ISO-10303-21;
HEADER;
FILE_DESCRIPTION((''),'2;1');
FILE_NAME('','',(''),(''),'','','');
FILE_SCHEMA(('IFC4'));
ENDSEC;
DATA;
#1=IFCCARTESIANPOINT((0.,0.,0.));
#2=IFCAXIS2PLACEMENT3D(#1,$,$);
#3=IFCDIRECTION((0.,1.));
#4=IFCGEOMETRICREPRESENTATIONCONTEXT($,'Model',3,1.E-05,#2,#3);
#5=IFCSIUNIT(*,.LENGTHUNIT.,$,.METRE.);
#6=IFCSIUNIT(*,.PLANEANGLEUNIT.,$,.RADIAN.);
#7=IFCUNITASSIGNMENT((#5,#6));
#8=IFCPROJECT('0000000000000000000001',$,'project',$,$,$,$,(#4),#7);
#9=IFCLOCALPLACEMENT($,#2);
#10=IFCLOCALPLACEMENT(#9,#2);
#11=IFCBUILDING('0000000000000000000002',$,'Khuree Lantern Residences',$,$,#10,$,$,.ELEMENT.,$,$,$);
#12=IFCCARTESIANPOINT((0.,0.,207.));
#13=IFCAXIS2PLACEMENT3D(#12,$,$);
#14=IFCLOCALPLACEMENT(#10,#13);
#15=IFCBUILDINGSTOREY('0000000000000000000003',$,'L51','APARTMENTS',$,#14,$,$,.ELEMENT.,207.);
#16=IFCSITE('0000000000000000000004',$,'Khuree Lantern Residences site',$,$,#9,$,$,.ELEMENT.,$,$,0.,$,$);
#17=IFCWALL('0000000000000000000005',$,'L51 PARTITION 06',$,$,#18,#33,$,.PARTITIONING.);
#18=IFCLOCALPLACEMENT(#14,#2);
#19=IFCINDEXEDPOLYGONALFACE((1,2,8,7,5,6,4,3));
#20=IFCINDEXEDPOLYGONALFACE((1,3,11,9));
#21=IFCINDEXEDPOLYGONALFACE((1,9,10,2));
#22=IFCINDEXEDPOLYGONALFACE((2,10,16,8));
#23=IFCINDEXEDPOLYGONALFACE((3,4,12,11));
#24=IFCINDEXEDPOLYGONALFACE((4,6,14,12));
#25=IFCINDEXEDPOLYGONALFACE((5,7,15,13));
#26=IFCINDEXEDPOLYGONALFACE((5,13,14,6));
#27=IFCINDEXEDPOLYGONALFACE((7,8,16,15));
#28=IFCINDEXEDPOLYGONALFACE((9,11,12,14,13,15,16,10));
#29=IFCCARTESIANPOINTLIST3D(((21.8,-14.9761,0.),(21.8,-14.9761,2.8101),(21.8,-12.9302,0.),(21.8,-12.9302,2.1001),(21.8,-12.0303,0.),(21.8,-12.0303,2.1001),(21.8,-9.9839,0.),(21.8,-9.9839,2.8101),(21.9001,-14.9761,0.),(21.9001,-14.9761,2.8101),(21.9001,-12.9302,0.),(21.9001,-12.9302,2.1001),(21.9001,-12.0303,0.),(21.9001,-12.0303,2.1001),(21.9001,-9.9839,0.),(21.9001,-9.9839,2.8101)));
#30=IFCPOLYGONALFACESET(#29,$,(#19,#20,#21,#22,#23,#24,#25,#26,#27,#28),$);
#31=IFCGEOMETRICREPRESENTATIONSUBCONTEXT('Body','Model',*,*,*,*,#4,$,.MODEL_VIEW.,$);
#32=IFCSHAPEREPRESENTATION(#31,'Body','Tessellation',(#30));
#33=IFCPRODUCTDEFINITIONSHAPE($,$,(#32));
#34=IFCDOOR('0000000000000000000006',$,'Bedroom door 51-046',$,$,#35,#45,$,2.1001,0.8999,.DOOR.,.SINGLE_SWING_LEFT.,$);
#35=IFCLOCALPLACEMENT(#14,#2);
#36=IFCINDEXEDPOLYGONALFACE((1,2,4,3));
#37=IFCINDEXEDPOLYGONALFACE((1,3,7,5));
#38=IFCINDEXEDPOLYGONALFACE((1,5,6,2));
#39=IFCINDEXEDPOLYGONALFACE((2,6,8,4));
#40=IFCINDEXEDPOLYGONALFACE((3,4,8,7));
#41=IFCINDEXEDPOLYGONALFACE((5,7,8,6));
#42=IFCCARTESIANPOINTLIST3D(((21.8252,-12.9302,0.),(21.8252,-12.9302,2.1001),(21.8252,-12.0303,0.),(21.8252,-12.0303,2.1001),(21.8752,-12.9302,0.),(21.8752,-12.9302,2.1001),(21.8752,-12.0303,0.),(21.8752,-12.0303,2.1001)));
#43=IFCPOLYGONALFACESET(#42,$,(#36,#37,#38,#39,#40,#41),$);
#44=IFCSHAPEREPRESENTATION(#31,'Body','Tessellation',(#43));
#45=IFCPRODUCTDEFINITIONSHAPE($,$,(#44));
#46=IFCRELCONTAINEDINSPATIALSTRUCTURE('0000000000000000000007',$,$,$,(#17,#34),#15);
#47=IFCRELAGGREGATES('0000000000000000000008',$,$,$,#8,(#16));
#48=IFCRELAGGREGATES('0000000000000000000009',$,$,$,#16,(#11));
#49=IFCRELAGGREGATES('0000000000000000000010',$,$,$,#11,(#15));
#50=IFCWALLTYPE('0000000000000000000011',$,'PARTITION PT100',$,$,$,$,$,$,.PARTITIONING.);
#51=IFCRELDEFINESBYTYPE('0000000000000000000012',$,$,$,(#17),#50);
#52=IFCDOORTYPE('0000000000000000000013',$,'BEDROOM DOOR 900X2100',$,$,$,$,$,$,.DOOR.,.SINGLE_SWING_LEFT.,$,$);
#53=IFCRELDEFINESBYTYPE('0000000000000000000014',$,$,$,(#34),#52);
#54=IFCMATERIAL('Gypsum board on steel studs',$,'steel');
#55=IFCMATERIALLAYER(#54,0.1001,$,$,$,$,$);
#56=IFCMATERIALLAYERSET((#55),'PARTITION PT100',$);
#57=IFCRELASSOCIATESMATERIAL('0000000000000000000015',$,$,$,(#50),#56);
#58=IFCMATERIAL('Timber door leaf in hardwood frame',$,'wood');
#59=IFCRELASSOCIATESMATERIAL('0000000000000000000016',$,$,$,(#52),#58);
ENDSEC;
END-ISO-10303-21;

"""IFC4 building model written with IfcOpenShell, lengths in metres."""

from ifc_helpers import new_model, si_unit, direction, frame, frame_2d, origin, place, context, subcontext, project, spatial, rectangle, extrude, material, layer, layer_set, type_object, element, fill, save


model = new_model("IFC4")

# Units and contexts
model_context = context("Model", 3, precision=1e-05, world=origin(), true_north=direction((0.0, 1.0)))
body_context = subcontext(model_context, "Body", "Model", "MODEL_VIEW")
ifc_project = project(units=[si_unit("LENGTHUNIT", "METRE"), si_unit("PLANEANGLEUNIT", "RADIAN")], contexts=[model_context])

# Site, building, storey
site_placement = place(None, origin())
site = spatial("IfcSite", under=ifc_project, at=site_placement, Name="Khuree Lantern Residences site", CompositionType="ELEMENT", RefElevation=0.0)
building_placement = place(site_placement, origin())
building = spatial("IfcBuilding", under=site, at=building_placement, Name="Khuree Lantern Residences", CompositionType="ELEMENT")
storey_placement = place(building_placement, frame((0.0, 0.0, 207.0)))
storey = spatial("IfcBuildingStorey", under=building, at=storey_placement, Name="L51", Description="APARTMENTS", CompositionType="ELEMENT", Elevation=207.0)

# Shared definitions
ifc_material_1 = material(Name="Timber door leaf in hardwood frame", Category="wood")

# Shared definitions
ifc_material_2 = material(Name="Gypsum board on steel studs", Category="steel")

# Shared definitions
ifc_layer_1 = layer(ifc_material_2, 0.1001)
ifc_layer_set_1 = layer_set([ifc_layer_1], Name="PARTITION PT100")
wall_type_1 = type_object("IfcWallType", Name="PARTITION PT100", PredefinedType="PARTITIONING", material=ifc_layer_set_1)

# Wall, opening, door
door_type_1 = type_object("IfcDoorType", Name="BEDROOM DOOR 900X2100", OperationType="SINGLE_SWING_LEFT", PredefinedType="DOOR", material=ifc_material_1)
wall_1_placement = place(storey_placement, frame((21.8501, -14.9761, 0.0), z_axis=(0.0, 0.0, 1.0), x_axis=(0.0, 1.0, 0.0)))
wall_1 = element("IfcWall", 1, at=wall_1_placement, inside=storey, type_object=wall_type_1, Name="L51 PARTITION 06", PredefinedType="PARTITIONING", context=body_context, shape_type="SweptSolid", body=[
    extrude(rectangle(XDim=4.9922, YDim=0.1001, at=frame_2d((2.4961, 0.0))), origin(), (0.0, 0.0, 1.0), 2.8101),
])
opening_1_placement = place(wall_1_placement, frame((2.0459, 0.0, 0.0)))
opening_1 = element("IfcOpeningElement", 2, at=opening_1_placement, cuts=wall_1, PredefinedType="OPENING", context=body_context, shape_type="SweptSolid", body=[
    extrude(rectangle(XDim=0.8999, YDim=2.1001, at=frame_2d((0.45, 1.05))), frame((0.0, 0.0601, 0.0), z_axis=(0.0, -1.0, 0.0), x_axis=(1.0, 0.0, 0.0)), (0.0, 0.0, 1.0), 0.1201),
])
door_1_placement = place(opening_1_placement, origin())
door_1 = element("IfcDoor", 3, at=door_1_placement, inside=storey, type_object=door_type_1, Name="Bedroom door 51-046", OperationType="SINGLE_SWING_LEFT", OverallHeight=2.1001, OverallWidth=0.8999, PredefinedType="DOOR", context=body_context, shape_type="SweptSolid", body=[
    extrude(rectangle(XDim=0.8999, YDim=2.1001, at=frame_2d((0.45, 1.05))), frame((0.0, 0.0249, 0.0), z_axis=(0.0, -1.0, 0.0), x_axis=(1.0, 0.0, 0.0)), (0.0, 0.0, 1.0), 0.05),
])
fill(opening_1, door_1)

save(model, "model.ifc")
